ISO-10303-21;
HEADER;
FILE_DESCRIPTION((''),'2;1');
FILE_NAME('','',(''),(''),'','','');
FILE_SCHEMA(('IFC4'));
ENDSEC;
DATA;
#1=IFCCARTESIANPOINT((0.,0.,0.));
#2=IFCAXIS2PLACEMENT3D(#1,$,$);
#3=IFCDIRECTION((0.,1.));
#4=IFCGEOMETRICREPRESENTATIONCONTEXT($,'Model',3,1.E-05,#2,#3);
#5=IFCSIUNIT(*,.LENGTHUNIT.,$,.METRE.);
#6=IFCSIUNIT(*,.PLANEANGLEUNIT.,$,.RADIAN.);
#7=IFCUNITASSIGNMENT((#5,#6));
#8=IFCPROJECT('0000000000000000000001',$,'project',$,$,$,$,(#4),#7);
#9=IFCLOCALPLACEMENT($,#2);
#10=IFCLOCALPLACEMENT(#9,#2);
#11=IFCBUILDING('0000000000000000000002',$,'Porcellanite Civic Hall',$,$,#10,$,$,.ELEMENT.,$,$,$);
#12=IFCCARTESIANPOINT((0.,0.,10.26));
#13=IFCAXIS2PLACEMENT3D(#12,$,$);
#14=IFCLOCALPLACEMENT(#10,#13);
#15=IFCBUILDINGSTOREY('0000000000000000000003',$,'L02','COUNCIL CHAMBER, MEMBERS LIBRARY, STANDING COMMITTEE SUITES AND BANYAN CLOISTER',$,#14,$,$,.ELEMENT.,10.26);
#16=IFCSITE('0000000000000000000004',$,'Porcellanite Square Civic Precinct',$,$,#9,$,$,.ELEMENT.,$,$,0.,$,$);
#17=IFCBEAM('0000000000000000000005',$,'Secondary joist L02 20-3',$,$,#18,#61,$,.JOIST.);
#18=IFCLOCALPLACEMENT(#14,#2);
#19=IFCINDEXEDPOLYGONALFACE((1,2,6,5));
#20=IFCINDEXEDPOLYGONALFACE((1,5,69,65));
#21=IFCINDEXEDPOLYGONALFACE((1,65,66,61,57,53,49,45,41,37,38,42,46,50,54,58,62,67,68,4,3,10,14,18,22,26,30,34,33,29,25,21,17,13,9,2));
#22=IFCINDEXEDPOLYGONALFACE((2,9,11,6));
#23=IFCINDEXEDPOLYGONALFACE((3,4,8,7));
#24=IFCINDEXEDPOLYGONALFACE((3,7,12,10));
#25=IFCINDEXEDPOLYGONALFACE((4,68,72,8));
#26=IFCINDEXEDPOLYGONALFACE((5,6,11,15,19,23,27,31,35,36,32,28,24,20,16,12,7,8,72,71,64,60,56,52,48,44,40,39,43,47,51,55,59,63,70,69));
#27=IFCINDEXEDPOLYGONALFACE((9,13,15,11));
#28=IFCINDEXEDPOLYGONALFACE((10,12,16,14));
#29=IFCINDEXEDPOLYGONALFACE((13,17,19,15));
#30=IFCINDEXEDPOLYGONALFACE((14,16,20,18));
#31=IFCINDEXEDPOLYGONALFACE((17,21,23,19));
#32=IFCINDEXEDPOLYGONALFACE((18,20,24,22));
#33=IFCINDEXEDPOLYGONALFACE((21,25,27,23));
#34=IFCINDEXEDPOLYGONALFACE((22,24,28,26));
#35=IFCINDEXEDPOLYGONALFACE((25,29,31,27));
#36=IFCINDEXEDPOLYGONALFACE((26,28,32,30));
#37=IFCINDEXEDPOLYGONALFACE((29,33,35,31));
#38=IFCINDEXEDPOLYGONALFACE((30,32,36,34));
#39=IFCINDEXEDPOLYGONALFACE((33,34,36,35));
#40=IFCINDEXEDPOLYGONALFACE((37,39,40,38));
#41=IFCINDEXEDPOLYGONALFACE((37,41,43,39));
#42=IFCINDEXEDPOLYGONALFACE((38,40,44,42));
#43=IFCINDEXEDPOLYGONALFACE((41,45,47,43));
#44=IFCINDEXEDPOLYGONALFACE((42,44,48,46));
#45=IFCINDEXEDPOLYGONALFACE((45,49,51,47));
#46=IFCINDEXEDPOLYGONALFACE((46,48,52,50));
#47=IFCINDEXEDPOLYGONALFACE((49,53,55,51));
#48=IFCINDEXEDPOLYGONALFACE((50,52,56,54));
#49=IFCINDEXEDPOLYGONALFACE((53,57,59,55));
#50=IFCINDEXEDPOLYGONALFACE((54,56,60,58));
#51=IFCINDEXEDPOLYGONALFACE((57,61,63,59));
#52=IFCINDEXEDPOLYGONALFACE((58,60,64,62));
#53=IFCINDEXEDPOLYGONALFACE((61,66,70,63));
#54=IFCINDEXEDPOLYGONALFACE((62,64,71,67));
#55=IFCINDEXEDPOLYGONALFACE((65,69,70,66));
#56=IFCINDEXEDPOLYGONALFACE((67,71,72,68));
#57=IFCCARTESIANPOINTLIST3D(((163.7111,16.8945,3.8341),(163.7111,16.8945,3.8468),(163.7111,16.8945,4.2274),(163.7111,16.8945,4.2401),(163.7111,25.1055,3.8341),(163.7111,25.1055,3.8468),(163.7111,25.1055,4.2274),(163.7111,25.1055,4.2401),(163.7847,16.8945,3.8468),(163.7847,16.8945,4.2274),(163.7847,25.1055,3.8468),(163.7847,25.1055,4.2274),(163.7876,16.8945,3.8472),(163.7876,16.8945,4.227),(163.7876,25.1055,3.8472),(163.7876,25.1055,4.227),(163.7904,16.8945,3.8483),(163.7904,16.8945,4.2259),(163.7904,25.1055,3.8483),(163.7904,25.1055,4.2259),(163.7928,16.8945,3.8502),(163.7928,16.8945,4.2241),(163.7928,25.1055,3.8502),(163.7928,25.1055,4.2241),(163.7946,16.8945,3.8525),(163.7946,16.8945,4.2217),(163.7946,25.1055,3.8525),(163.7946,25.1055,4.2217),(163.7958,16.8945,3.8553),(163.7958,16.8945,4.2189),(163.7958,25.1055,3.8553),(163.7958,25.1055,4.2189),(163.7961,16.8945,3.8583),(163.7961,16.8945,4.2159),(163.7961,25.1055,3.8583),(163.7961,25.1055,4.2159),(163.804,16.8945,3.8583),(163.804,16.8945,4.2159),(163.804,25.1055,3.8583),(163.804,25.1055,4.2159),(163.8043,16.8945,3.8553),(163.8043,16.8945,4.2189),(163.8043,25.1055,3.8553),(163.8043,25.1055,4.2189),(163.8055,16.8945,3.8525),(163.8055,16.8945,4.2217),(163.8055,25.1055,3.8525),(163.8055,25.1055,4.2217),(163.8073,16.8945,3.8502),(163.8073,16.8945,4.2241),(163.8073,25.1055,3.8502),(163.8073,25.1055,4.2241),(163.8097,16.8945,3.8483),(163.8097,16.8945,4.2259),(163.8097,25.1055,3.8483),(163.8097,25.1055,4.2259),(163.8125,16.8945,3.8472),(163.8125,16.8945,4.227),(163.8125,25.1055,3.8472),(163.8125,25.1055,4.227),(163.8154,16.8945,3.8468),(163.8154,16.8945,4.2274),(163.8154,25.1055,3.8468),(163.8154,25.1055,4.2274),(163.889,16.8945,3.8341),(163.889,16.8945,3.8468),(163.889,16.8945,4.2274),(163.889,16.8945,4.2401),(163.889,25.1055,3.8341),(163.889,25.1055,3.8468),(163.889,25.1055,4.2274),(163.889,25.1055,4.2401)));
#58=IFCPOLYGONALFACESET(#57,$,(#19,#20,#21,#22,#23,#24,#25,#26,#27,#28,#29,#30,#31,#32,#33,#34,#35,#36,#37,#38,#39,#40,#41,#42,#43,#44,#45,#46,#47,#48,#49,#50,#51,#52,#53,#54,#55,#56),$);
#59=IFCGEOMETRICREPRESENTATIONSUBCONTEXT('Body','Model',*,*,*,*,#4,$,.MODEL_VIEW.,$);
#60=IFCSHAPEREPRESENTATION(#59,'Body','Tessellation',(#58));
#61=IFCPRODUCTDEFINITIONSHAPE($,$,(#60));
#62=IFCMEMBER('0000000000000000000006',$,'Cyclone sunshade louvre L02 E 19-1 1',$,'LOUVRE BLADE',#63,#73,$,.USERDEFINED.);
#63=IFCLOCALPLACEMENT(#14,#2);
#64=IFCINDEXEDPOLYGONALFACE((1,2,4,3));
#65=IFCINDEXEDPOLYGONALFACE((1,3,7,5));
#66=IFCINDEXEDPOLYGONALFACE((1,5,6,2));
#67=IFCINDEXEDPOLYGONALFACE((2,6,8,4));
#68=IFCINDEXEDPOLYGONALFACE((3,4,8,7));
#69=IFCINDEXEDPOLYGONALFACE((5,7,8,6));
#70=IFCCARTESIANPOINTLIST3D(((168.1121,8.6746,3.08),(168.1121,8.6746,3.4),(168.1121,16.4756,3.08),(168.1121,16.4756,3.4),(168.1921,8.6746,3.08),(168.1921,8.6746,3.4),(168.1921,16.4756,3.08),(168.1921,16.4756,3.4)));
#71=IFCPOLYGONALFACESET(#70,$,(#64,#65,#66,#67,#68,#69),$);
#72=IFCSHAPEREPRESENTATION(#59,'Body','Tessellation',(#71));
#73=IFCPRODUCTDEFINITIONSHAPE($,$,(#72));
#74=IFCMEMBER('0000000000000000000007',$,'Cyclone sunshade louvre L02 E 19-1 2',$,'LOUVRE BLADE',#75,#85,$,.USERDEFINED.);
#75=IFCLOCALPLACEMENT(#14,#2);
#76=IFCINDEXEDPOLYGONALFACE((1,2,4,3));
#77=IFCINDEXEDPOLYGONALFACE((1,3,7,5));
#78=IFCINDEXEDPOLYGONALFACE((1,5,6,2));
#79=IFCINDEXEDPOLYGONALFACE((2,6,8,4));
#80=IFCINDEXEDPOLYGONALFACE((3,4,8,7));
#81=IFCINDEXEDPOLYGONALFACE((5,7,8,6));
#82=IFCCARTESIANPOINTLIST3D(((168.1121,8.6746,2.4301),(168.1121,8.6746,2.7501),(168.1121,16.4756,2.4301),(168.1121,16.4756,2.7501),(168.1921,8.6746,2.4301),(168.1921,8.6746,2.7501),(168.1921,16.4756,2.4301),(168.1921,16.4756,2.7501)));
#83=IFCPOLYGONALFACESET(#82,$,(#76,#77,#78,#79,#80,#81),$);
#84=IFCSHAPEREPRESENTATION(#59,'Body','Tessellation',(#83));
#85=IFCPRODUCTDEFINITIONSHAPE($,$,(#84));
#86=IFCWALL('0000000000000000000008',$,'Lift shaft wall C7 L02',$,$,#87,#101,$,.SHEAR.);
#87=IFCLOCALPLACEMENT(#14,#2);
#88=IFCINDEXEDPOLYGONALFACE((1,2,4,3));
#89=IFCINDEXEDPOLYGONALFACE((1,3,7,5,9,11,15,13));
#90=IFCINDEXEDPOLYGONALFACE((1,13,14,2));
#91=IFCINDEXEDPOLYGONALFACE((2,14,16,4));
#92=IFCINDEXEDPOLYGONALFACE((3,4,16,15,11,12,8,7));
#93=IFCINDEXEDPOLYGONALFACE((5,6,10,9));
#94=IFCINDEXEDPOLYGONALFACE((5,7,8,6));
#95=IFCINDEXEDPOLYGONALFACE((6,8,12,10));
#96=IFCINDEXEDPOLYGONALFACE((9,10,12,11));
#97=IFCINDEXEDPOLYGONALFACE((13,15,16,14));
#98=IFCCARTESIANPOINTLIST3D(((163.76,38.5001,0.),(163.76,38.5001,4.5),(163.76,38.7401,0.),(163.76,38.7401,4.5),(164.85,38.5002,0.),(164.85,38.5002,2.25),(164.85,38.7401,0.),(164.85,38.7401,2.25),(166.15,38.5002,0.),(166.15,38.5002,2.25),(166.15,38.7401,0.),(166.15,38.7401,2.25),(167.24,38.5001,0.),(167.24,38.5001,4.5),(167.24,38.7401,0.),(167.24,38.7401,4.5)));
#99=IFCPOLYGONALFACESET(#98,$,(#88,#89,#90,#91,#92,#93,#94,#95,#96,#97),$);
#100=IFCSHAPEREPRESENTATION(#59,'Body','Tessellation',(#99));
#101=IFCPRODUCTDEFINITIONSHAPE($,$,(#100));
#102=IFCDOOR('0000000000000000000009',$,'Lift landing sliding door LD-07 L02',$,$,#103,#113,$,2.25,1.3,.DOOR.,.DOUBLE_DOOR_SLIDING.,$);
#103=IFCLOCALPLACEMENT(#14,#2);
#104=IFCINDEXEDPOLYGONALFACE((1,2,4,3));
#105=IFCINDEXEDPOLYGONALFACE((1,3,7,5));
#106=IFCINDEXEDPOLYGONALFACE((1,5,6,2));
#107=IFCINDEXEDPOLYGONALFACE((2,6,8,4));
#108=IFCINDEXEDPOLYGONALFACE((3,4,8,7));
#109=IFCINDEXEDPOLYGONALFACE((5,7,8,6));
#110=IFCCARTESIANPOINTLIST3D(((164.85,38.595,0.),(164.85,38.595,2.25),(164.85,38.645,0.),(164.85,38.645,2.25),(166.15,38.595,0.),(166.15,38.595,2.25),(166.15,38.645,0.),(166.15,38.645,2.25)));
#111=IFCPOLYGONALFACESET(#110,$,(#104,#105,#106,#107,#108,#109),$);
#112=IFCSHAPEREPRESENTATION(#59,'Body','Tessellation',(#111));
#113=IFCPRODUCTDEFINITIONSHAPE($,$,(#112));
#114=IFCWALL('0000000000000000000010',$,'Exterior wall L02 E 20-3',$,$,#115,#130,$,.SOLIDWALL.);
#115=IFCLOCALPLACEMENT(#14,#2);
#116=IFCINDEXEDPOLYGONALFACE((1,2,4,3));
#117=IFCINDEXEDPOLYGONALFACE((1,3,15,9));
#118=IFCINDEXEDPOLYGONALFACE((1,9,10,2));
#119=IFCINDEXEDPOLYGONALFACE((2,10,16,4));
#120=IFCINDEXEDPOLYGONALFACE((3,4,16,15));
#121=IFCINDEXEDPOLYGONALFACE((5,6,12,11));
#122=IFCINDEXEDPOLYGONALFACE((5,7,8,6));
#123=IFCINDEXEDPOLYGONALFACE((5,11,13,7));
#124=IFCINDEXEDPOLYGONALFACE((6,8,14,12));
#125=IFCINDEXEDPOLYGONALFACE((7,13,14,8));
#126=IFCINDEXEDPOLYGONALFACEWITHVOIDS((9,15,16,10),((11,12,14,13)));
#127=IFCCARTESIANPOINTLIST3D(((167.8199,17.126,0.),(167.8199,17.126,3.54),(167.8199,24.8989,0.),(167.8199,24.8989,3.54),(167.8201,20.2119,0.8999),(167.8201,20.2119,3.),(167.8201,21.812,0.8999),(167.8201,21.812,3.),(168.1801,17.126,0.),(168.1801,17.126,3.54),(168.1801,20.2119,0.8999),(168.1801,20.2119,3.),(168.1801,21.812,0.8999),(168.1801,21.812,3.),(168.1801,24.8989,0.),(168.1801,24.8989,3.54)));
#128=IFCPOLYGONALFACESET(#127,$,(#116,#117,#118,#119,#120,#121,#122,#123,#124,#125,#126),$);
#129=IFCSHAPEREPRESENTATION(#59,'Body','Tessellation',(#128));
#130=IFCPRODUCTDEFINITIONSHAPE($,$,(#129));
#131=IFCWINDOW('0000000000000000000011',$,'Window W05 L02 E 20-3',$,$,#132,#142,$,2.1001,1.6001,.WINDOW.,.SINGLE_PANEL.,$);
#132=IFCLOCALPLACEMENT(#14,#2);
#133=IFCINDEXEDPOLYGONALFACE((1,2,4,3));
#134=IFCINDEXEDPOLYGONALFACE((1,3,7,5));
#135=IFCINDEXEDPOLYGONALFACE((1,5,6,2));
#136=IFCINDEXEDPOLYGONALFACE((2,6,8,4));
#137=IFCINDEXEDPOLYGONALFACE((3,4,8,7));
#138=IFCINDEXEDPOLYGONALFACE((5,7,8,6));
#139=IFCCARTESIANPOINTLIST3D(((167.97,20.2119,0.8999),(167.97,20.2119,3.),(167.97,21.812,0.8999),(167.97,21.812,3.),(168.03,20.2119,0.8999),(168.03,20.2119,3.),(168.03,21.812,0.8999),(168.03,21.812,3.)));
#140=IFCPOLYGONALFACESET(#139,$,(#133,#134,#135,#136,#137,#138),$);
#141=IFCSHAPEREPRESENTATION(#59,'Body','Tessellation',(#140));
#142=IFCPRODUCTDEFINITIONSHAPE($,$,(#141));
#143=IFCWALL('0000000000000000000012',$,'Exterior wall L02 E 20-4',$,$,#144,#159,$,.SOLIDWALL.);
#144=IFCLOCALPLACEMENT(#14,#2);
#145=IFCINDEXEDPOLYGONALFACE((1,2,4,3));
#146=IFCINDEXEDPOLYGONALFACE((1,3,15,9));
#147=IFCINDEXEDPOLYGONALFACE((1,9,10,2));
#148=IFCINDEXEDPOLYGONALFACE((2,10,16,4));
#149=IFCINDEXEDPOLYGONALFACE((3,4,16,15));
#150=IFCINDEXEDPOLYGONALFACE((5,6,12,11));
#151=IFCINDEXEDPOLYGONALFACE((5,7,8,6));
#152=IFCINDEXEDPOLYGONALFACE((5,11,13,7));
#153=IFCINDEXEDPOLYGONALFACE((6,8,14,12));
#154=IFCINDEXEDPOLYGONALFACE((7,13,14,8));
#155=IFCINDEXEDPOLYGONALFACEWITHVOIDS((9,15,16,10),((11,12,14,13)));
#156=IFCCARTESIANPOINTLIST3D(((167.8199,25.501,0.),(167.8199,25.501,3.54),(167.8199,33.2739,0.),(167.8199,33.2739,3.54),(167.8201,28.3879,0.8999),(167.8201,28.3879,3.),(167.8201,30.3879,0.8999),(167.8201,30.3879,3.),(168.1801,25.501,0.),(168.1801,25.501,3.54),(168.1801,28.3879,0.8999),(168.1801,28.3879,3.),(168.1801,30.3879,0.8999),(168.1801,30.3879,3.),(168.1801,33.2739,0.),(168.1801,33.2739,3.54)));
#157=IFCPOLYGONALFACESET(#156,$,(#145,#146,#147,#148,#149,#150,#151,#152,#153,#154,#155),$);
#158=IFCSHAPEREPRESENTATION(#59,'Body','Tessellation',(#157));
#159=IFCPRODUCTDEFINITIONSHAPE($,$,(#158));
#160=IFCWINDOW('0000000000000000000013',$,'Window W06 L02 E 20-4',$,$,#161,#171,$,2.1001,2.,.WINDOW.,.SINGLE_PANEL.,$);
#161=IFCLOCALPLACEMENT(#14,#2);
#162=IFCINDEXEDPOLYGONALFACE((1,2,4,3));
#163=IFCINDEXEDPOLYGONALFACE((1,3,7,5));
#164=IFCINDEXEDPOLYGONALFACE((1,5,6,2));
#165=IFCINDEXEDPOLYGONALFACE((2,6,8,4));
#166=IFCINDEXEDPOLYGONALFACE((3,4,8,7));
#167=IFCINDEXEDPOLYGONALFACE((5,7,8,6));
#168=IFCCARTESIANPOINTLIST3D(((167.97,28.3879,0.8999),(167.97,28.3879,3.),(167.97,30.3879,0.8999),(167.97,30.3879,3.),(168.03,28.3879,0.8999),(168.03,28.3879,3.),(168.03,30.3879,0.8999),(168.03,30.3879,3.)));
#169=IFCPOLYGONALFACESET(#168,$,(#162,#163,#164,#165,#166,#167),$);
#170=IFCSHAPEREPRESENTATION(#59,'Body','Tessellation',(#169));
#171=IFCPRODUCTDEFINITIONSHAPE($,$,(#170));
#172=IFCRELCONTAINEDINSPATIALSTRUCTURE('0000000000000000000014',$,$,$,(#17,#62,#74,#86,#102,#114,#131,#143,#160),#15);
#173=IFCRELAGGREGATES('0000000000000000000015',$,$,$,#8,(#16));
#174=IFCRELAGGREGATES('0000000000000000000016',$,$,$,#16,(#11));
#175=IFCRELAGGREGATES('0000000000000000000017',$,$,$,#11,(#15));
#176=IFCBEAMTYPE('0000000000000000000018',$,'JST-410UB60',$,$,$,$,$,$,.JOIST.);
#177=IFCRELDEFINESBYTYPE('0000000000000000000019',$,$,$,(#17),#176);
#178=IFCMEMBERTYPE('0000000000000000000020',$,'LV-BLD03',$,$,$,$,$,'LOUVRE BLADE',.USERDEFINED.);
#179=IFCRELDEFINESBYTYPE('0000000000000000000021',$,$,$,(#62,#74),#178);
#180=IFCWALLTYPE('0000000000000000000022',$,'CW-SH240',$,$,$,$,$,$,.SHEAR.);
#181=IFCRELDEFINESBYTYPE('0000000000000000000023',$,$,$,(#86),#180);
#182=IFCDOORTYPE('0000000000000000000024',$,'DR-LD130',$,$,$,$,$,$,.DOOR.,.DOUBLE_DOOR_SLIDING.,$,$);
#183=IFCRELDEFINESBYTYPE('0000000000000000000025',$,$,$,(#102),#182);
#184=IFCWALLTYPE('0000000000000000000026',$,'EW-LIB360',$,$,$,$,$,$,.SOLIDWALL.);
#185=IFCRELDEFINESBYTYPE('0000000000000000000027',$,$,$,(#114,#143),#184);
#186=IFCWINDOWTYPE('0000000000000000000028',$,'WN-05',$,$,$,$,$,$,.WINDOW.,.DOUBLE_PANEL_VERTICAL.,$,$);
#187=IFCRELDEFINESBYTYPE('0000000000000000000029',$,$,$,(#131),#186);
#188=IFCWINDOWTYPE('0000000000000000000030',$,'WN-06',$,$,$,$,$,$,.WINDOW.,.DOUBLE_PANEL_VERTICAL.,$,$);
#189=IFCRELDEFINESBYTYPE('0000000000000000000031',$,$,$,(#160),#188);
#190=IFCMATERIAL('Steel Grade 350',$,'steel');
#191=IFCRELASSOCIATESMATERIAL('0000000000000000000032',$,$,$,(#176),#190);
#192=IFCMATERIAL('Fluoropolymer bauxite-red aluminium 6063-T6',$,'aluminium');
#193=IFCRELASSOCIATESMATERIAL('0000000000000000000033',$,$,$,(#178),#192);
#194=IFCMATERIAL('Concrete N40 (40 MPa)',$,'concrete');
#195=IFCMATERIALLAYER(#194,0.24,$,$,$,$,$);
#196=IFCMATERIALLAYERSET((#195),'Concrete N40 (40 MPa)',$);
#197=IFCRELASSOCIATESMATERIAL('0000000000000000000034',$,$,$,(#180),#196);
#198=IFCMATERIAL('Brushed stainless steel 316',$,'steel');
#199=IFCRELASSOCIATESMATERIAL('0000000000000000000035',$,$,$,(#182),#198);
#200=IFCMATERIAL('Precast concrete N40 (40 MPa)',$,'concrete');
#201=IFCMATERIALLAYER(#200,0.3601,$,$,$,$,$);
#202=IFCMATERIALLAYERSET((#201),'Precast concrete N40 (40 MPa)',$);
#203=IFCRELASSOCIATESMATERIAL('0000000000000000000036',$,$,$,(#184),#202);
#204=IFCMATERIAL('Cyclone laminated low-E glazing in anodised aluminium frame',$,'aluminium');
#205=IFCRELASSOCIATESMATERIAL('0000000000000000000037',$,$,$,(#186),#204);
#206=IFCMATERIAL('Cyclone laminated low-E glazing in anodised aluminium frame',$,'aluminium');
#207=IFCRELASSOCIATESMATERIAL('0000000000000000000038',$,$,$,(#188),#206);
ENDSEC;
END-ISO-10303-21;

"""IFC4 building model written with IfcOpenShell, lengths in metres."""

from ifc_helpers import new_model, si_unit, direction, frame, frame_2d, origin, origin_2d, place, context, subcontext, project, spatial, rectangle, i_section, extrude, material, layer, layer_set, material_profile, profile_set, type_object, element, fill, save


model = new_model("IFC4")

# Units and contexts
model_context = context("Model", 3, precision=1e-05, world=origin(), true_north=direction((0.0, 1.0)))
body_context = subcontext(model_context, "Body", "Model", "MODEL_VIEW")
ifc_project = project(units=[si_unit("LENGTHUNIT", "METRE"), si_unit("PLANEANGLEUNIT", "RADIAN")], contexts=[model_context])

# Site, building, storey
site_placement = place(None, origin())
site = spatial("IfcSite", under=ifc_project, at=site_placement, Name="Porcellanite Square Civic Precinct", CompositionType="ELEMENT", RefElevation=0.0)
building_placement = place(site_placement, origin())
building = spatial("IfcBuilding", under=site, at=building_placement, Name="Porcellanite Civic Hall", CompositionType="ELEMENT")
storey_placement = place(building_placement, frame((0.0, 0.0, 10.26)))
storey = spatial("IfcBuildingStorey", under=building, at=storey_placement, Name="L02", Description="COUNCIL CHAMBER, MEMBERS LIBRARY, STANDING COMMITTEE SUITES AND BANYAN CLOISTER", CompositionType="ELEMENT", Elevation=10.26)

# Beam
ifc_material_1 = material(Name="Steel Grade 350", Category="steel")
ifc_material_profile_1 = material_profile(ifc_material_1, i_section(OverallWidth=0.178, OverallDepth=0.406, WebThickness=0.0078, FlangeThickness=0.0127, FilletRadius=0.0115, at=origin_2d()), Name="410UB59.7")
ifc_profile_set_1 = profile_set([ifc_material_profile_1], Name="Steel Grade 350")
beam_type_1 = type_object("IfcBeamType", Name="JST-410UB60", PredefinedType="JOIST", material=ifc_profile_set_1)
beam_1_placement = place(storey_placement, frame((163.8, 16.8945, 4.0371), z_axis=(0.0, 1.0, 0.0), x_axis=(-1.0, 0.0, 0.0)))
element("IfcBeam", 1, at=beam_1_placement, inside=storey, type_object=beam_type_1, Name="Secondary joist L02 20-3", PredefinedType="JOIST", context=body_context, shape_type="SweptSolid", body=[
    extrude(i_section(OverallWidth=0.178, OverallDepth=0.406, WebThickness=0.0078, FlangeThickness=0.0127, FilletRadius=0.0115, at=origin_2d()), origin(), (0.0, 0.0, 1.0), 8.2109),
])

# Members
ifc_material_2 = material(Name="Fluoropolymer bauxite-red aluminium 6063-T6", Category="aluminium")
ifc_material_profile_2 = material_profile(ifc_material_2, rectangle(XDim=0.0801, YDim=0.3201, at=origin_2d()), Name="AL-80x320")
ifc_profile_set_2 = profile_set([ifc_material_profile_2], Name="Fluoropolymer bauxite-red aluminium 6063-T6")
member_type_1 = type_object("IfcMemberType", Name="LV-BLD03", ElementType="LOUVRE BLADE", PredefinedType="USERDEFINED", material=ifc_profile_set_2)
for number, where, z_axis, x_axis, name in (
    (2, (168.1521, 16.4756, 3.24), (0.0, -1.0, 0.0), (1.0, 0.0, 0.0), "Cyclone sunshade louvre L02 E 19-1 1"),
    (3, (168.1521, 16.4756, 2.5901), (0.0, -1.0, 0.0), (1.0, 0.0, 0.0), "Cyclone sunshade louvre L02 E 19-1 2"),
):
    element("IfcMember", number, at=place(storey_placement, frame(where, z_axis=z_axis, x_axis=x_axis)), inside=storey, type_object=member_type_1, Name=name, ObjectType="LOUVRE BLADE", PredefinedType="USERDEFINED", context=body_context, shape_type="SweptSolid", body=[
        extrude(rectangle(XDim=0.0801, YDim=0.3201, at=origin_2d()), origin(), (0.0, 0.0, 1.0), 7.801),
    ])

# Wall, opening, door
ifc_material_3 = material(Name="Concrete N40 (40 MPa)", Category="concrete")
ifc_layer_1 = layer(ifc_material_3, 0.24)
ifc_layer_set_1 = layer_set([ifc_layer_1], Name="Concrete N40 (40 MPa)")
wall_type_1 = type_object("IfcWallType", Name="CW-SH240", PredefinedType="SHEAR", material=ifc_layer_set_1)
wall_1_placement = place(storey_placement, frame((163.76, 38.6201, 0.0), z_axis=(0.0, 0.0, 1.0), x_axis=(1.0, 0.0, 0.0)))
wall_1 = element("IfcWall", 4, at=wall_1_placement, inside=storey, type_object=wall_type_1, Name="Lift shaft wall C7 L02", PredefinedType="SHEAR", context=body_context, shape_type="SweptSolid", body=[
    extrude(rectangle(XDim=3.48, YDim=0.24, at=frame_2d((1.74, 0.0))), origin(), (0.0, 0.0, 1.0), 4.5),
])
opening_1_placement = place(wall_1_placement, frame((1.0901, 0.0, 0.0)))
opening_1 = element("IfcOpeningElement", 5, at=opening_1_placement, cuts=wall_1, PredefinedType="OPENING", context=body_context, shape_type="SweptSolid", body=[
    extrude(rectangle(XDim=1.3, YDim=2.25, at=frame_2d((0.6499, 1.125))), frame((0.0, 0.1201, 0.0), z_axis=(0.0, -1.0, 0.0), x_axis=(1.0, 0.0, 0.0)), (0.0, 0.0, 1.0), 0.24),
])
ifc_material_4 = material(Name="Brushed stainless steel 316", Category="steel")
door_type_1 = type_object("IfcDoorType", Name="DR-LD130", OperationType="DOUBLE_DOOR_SLIDING", PredefinedType="DOOR", material=ifc_material_4)
door_1_placement = place(opening_1_placement, origin())
door_1 = element("IfcDoor", 6, at=door_1_placement, inside=storey, type_object=door_type_1, Name="Lift landing sliding door LD-07 L02", OperationType="DOUBLE_DOOR_SLIDING", OverallHeight=2.25, OverallWidth=1.3, PredefinedType="DOOR", context=body_context, shape_type="SweptSolid", body=[
    extrude(rectangle(XDim=1.3, YDim=2.25, at=frame_2d((0.6499, 1.125))), frame((0.0, 0.0249, 0.0), z_axis=(0.0, -1.0, 0.0), x_axis=(1.0, 0.0, 0.0)), (0.0, 0.0, 1.0), 0.05),
])
fill(opening_1, door_1)

# Walls, openings, windows
ifc_material_5 = material(Name="Precast concrete N40 (40 MPa)", Category="concrete")
ifc_layer_2 = layer(ifc_material_5, 0.3601)
ifc_layer_set_2 = layer_set([ifc_layer_2], Name="Precast concrete N40 (40 MPa)")
wall_type_2 = type_object("IfcWallType", Name="EW-LIB360", PredefinedType="SOLIDWALL", material=ifc_layer_set_2)
wall_2_placement = place(storey_placement, frame((168.0, 24.8989, 0.0), z_axis=(0.0, 0.0, 1.0), x_axis=(0.0, -1.0, 0.0)))
wall_2 = element("IfcWall", 7, at=wall_2_placement, inside=storey, type_object=wall_type_2, Name="Exterior wall L02 E 20-3", PredefinedType="SOLIDWALL", context=body_context, shape_type="SweptSolid", body=[
    extrude(rectangle(XDim=7.7729, YDim=0.3601, at=frame_2d((3.8865, 0.0))), origin(), (0.0, 0.0, 1.0), 3.54),
])
opening_2_placement = place(wall_2_placement, frame((3.0869, 0.0, 0.8999)))
opening_2 = element("IfcOpeningElement", 8, at=opening_2_placement, cuts=wall_2, PredefinedType="OPENING", context=body_context, shape_type="SweptSolid", body=[
    extrude(rectangle(XDim=1.6001, YDim=2.1001, at=frame_2d((0.8, 1.05))), frame((0.0, 0.1802, 0.0), z_axis=(0.0, -1.0, 0.0), x_axis=(1.0, 0.0, 0.0)), (0.0, 0.0, 1.0), 0.3601),
])
ifc_material_6 = material(Name="Cyclone laminated low-E glazing in anodised aluminium frame", Category="aluminium")
window_type_1 = type_object("IfcWindowType", Name="WN-05", PartitioningType="DOUBLE_PANEL_VERTICAL", PredefinedType="WINDOW", material=ifc_material_6)
window_1_placement = place(opening_2_placement, origin())
window_1 = element("IfcWindow", 9, at=window_1_placement, inside=storey, type_object=window_type_1, Name="Window W05 L02 E 20-3", OverallHeight=2.1001, OverallWidth=1.6001, PartitioningType="SINGLE_PANEL", PredefinedType="WINDOW", context=body_context, shape_type="SweptSolid", body=[
    extrude(rectangle(XDim=1.6001, YDim=2.1001, at=frame_2d((0.8, 1.05))), frame((0.0, 0.03, 0.0), z_axis=(0.0, -1.0, 0.0), x_axis=(1.0, 0.0, 0.0)), (0.0, 0.0, 1.0), 0.0601),
])
fill(opening_2, window_1)
wall_3_placement = place(storey_placement, frame((168.0, 33.2739, 0.0), z_axis=(0.0, 0.0, 1.0), x_axis=(0.0, -1.0, 0.0)))
wall_3 = element("IfcWall", 10, at=wall_3_placement, inside=storey, type_object=wall_type_2, Name="Exterior wall L02 E 20-4", PredefinedType="SOLIDWALL", context=body_context, shape_type="SweptSolid", body=[
    extrude(rectangle(XDim=7.7729, YDim=0.3601, at=frame_2d((3.8865, 0.0))), origin(), (0.0, 0.0, 1.0), 3.54),
])
opening_3_placement = place(wall_3_placement, frame((2.886, 0.0, 0.8999)))
opening_3 = element("IfcOpeningElement", 11, at=opening_3_placement, cuts=wall_3, PredefinedType="OPENING", context=body_context, shape_type="SweptSolid", body=[
    extrude(rectangle(XDim=2.0, YDim=2.1001, at=frame_2d((1.0, 1.05))), frame((0.0, 0.1802, 0.0), z_axis=(0.0, -1.0, 0.0), x_axis=(1.0, 0.0, 0.0)), (0.0, 0.0, 1.0), 0.3601),
])
ifc_material_7 = material(Name="Cyclone laminated low-E glazing in anodised aluminium frame", Category="aluminium")
window_type_2 = type_object("IfcWindowType", Name="WN-06", PartitioningType="DOUBLE_PANEL_VERTICAL", PredefinedType="WINDOW", material=ifc_material_7)
window_2_placement = place(opening_3_placement, origin())
window_2 = element("IfcWindow", 12, at=window_2_placement, inside=storey, type_object=window_type_2, Name="Window W06 L02 E 20-4", OverallHeight=2.1001, OverallWidth=2.0, PartitioningType="SINGLE_PANEL", PredefinedType="WINDOW", context=body_context, shape_type="SweptSolid", body=[
    extrude(rectangle(XDim=2.0, YDim=2.1001, at=frame_2d((1.0, 1.05))), frame((0.0, 0.03, 0.0), z_axis=(0.0, -1.0, 0.0), x_axis=(1.0, 0.0, 0.0)), (0.0, 0.0, 1.0), 0.0601),
])
fill(opening_3, window_2)

save(model, "model.ifc")
